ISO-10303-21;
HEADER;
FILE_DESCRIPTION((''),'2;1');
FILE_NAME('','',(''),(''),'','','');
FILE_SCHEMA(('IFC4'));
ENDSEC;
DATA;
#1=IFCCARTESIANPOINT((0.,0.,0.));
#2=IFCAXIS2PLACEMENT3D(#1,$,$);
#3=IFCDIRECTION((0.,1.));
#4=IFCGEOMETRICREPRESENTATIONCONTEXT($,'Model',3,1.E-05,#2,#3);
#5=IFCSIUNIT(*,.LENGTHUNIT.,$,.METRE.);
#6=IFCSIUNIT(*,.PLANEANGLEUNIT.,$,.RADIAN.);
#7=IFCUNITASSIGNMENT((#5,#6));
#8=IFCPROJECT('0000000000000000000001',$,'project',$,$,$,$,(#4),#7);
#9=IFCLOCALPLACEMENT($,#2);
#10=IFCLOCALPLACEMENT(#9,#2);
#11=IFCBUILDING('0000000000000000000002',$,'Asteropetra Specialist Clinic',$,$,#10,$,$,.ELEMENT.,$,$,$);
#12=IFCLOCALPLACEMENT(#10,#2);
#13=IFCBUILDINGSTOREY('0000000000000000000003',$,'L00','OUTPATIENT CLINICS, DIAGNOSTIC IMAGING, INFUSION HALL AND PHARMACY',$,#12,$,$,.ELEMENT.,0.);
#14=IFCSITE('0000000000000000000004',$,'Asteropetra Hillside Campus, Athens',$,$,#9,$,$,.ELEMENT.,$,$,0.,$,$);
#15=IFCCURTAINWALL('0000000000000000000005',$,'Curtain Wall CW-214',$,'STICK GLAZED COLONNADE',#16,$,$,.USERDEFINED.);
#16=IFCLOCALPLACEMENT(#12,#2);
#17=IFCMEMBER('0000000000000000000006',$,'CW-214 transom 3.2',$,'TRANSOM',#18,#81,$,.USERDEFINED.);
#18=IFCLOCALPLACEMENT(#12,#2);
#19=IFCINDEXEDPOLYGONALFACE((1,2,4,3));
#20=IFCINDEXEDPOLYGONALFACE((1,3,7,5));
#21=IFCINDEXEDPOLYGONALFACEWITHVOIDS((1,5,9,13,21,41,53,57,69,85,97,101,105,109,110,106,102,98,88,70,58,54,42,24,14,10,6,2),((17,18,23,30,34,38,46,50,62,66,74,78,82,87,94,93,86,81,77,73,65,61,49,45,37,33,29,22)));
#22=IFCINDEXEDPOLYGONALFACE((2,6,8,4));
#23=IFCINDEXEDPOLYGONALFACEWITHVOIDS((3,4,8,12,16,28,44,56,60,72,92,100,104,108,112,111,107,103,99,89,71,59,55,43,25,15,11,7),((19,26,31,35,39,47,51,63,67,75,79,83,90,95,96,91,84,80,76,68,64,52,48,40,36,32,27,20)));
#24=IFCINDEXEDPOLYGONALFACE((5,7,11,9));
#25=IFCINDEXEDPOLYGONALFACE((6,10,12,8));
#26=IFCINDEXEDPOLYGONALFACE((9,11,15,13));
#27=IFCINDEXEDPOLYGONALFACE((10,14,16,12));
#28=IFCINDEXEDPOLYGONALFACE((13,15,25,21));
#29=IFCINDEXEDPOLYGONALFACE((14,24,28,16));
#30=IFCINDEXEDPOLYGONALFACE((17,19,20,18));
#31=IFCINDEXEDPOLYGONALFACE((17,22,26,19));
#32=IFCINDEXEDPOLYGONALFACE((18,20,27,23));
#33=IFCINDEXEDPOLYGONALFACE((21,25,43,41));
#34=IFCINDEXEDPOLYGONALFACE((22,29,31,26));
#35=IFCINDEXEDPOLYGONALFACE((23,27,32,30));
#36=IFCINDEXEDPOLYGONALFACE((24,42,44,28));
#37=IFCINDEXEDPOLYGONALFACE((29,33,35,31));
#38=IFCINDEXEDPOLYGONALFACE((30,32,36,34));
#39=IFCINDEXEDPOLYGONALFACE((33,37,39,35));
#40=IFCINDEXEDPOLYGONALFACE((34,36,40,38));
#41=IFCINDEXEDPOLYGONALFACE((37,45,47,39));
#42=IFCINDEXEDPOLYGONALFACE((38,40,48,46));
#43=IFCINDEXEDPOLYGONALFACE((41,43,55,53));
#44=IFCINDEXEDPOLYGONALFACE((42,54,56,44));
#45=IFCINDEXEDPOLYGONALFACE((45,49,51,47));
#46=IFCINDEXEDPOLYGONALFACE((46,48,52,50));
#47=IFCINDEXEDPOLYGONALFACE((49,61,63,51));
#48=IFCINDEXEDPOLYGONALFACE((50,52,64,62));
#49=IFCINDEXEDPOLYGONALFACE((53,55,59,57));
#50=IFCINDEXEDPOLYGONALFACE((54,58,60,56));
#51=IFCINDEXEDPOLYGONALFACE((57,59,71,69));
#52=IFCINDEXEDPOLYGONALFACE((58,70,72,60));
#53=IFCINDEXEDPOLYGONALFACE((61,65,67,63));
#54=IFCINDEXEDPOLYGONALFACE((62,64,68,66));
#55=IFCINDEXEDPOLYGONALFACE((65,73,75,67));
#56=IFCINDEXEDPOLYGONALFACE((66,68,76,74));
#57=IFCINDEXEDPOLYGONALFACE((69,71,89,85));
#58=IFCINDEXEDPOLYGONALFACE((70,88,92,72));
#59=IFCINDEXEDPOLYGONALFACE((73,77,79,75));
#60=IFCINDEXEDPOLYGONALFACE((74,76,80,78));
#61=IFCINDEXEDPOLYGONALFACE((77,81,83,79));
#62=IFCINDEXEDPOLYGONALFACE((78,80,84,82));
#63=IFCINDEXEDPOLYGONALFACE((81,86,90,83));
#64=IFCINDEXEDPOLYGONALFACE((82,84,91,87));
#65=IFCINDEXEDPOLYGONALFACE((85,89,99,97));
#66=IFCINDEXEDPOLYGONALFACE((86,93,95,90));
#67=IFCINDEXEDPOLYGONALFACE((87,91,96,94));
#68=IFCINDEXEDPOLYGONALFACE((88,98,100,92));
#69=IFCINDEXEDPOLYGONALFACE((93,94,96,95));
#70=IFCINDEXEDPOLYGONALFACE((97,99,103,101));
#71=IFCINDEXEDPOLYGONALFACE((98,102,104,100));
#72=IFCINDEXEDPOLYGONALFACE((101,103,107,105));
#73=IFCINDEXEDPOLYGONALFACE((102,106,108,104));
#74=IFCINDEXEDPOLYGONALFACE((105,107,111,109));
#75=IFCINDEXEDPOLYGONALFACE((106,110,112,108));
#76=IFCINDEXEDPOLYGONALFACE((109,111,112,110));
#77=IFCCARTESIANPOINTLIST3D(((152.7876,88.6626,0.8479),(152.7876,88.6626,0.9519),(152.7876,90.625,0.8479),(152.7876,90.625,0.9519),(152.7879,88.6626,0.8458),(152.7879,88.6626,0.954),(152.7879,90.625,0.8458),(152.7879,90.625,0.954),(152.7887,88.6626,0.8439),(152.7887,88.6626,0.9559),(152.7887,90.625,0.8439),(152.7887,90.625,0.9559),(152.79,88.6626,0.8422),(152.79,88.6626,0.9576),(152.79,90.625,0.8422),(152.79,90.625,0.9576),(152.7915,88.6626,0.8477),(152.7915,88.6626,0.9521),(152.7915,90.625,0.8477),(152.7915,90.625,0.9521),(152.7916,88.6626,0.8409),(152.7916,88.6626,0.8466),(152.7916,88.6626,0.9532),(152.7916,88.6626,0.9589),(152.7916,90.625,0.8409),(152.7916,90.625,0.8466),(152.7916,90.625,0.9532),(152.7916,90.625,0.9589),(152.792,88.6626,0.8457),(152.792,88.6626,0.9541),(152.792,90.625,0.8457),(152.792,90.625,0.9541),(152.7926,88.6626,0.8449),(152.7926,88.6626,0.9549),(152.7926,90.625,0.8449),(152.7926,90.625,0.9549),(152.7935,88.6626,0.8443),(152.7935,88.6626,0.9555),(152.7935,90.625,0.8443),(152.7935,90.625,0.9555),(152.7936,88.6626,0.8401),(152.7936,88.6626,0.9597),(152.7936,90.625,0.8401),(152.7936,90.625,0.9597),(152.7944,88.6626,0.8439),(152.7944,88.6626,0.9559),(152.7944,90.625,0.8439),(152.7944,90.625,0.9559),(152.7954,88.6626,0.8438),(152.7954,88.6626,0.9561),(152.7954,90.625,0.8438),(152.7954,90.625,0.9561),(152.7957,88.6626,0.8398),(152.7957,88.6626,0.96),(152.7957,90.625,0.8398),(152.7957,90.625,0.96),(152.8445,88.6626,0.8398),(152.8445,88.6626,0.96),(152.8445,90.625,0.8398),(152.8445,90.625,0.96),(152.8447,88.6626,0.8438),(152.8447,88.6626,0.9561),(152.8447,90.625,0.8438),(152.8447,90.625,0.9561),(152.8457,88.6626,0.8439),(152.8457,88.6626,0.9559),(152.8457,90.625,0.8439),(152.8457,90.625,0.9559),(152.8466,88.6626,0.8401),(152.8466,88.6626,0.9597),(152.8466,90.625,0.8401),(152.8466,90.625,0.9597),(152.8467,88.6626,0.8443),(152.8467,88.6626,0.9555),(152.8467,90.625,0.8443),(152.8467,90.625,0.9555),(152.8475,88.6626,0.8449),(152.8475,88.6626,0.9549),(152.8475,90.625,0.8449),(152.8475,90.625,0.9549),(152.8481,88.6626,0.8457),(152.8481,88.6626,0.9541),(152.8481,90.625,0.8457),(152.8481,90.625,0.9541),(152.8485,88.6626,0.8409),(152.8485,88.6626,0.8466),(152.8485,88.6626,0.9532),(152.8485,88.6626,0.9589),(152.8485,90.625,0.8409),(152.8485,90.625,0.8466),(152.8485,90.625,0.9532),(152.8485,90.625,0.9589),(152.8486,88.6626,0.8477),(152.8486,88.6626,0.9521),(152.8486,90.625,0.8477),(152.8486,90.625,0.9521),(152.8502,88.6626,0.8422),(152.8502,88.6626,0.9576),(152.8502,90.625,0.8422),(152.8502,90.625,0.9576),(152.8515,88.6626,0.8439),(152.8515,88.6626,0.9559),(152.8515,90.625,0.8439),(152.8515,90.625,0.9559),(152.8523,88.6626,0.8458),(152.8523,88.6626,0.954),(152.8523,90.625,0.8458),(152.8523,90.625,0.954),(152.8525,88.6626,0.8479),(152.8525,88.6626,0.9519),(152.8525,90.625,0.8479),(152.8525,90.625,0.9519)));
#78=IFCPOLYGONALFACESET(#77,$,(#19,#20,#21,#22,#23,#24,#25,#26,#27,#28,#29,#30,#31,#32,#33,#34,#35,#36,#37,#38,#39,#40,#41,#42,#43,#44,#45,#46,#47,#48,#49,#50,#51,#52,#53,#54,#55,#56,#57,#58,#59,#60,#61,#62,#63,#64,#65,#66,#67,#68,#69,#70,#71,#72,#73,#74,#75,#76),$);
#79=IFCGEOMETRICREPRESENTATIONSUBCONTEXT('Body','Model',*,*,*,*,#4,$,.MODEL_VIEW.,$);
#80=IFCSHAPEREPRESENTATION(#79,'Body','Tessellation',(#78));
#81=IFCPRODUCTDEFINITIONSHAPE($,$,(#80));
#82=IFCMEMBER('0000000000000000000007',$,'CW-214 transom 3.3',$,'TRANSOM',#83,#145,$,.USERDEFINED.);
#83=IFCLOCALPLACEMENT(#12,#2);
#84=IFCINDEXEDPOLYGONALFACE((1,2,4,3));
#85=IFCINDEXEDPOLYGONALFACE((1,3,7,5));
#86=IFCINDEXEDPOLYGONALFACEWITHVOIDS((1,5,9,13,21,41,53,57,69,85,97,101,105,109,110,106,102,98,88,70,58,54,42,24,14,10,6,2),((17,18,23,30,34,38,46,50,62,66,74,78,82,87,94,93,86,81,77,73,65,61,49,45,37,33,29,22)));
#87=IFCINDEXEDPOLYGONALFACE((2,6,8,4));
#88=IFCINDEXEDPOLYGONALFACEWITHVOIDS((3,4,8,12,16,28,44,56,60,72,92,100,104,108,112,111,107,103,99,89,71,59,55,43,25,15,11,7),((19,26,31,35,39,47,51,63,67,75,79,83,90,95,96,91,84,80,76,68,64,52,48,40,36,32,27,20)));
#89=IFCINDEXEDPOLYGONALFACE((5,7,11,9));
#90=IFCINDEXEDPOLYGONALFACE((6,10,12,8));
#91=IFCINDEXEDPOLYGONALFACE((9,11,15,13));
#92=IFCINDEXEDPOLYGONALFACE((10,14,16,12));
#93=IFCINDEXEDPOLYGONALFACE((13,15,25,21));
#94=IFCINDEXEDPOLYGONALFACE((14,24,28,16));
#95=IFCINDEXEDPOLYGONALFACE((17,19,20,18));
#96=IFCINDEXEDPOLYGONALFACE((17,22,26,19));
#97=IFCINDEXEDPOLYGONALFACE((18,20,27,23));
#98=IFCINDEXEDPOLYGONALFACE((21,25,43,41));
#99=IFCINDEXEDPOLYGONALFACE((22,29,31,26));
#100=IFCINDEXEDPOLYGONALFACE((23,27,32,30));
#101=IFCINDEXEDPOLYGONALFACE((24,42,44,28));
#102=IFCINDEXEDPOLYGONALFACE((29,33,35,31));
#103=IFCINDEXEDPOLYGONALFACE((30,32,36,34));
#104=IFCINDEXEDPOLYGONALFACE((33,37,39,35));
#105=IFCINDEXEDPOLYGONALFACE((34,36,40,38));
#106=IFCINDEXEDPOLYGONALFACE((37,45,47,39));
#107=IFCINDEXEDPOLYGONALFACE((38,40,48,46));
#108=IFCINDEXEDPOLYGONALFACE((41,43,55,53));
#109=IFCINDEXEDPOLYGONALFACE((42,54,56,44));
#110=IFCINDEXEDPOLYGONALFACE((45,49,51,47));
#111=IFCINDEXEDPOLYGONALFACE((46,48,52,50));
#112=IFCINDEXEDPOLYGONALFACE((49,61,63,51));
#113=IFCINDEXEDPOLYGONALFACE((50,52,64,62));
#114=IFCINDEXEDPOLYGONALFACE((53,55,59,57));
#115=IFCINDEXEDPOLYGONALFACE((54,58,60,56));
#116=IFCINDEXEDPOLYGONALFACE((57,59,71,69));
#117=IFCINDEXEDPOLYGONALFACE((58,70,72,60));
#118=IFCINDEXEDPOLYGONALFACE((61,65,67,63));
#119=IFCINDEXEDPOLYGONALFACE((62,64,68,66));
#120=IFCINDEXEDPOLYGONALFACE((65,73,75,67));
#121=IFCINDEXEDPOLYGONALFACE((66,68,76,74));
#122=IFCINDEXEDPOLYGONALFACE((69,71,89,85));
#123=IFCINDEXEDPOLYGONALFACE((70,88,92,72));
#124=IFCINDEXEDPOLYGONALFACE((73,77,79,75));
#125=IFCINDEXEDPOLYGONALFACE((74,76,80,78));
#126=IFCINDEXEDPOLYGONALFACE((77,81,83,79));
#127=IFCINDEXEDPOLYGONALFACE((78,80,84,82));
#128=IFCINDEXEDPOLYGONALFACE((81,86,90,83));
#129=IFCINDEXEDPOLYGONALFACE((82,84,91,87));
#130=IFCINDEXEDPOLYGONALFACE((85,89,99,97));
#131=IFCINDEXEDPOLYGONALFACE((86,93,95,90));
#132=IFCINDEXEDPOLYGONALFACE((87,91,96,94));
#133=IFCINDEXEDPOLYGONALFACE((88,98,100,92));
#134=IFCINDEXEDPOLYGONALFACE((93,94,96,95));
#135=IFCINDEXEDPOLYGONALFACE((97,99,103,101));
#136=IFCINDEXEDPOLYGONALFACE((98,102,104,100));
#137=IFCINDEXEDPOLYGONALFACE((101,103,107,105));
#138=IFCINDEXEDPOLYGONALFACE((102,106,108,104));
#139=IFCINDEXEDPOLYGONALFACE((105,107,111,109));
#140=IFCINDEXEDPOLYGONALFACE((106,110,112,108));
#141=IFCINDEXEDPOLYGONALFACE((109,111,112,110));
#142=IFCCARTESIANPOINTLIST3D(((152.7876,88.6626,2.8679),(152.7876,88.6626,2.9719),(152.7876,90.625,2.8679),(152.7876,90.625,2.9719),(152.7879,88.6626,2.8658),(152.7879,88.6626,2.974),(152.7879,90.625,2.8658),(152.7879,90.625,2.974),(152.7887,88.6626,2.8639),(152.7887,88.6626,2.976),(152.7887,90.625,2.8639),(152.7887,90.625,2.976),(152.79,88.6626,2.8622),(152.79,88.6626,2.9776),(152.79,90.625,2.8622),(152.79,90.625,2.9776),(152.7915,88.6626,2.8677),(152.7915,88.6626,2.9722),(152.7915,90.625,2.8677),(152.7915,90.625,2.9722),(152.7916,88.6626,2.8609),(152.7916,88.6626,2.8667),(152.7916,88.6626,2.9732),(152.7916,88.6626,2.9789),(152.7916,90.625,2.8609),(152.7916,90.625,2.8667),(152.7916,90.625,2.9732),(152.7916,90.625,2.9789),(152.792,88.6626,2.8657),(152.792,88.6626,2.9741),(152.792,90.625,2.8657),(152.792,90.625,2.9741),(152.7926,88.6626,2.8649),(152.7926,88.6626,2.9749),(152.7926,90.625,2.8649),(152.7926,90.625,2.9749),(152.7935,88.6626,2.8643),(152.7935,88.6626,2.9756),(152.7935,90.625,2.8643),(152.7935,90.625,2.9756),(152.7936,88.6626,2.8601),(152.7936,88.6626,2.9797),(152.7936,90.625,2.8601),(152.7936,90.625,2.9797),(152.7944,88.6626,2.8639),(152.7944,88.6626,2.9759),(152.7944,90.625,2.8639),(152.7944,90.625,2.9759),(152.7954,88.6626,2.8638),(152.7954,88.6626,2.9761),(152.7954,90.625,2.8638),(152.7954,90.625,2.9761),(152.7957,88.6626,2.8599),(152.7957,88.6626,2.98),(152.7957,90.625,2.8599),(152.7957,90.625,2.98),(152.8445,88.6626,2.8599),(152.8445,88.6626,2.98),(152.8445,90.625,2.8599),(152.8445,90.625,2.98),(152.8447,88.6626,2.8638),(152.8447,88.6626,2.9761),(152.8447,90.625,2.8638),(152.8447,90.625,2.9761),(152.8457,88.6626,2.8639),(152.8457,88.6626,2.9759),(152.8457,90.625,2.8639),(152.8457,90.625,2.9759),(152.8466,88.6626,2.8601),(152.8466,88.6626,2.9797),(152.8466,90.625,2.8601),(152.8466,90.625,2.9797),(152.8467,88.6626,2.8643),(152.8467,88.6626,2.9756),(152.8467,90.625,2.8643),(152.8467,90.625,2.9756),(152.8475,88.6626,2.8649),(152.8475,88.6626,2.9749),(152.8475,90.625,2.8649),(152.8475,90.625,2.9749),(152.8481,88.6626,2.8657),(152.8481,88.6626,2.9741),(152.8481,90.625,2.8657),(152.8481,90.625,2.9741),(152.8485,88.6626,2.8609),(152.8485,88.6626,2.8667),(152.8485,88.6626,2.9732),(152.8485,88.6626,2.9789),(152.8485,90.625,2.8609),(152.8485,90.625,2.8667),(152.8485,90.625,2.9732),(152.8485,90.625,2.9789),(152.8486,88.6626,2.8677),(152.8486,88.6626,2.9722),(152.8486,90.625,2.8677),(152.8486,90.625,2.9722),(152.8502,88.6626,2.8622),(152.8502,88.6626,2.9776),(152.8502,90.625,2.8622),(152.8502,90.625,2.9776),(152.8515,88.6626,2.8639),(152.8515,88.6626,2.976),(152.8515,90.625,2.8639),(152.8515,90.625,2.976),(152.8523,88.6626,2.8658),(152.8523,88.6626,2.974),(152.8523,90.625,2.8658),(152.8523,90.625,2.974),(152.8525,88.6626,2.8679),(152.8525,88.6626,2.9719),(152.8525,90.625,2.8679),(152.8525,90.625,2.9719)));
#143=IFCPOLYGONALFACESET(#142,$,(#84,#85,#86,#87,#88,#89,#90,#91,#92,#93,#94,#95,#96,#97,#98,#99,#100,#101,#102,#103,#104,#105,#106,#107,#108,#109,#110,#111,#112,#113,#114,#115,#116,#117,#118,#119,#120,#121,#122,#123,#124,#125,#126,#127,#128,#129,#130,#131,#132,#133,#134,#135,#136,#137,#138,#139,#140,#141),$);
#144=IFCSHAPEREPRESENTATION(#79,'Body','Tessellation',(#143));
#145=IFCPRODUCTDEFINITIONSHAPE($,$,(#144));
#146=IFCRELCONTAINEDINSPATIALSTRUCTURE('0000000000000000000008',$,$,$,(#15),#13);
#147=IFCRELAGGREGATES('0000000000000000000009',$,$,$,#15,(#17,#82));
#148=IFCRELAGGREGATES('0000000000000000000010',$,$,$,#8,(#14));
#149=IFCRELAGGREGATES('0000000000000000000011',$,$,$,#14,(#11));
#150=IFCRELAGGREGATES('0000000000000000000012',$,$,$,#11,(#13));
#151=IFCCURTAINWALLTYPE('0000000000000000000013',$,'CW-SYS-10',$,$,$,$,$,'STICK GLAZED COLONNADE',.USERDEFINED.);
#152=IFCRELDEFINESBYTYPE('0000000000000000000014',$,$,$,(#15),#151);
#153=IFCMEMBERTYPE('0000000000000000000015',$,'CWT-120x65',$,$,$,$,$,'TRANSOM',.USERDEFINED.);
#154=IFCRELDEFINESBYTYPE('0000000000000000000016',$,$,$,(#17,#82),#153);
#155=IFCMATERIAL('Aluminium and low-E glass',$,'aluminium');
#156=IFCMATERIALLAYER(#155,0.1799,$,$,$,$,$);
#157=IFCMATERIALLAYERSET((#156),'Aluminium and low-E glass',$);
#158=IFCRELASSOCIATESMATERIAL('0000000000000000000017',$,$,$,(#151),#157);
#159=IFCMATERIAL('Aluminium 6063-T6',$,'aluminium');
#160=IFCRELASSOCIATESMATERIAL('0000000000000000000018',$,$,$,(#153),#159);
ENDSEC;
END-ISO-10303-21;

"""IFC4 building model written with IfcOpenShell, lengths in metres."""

from ifc_helpers import new_model, si_unit, direction, frame, origin, origin_2d, place, context, subcontext, project, spatial, hollow_rectangle, extrude, material, layer, layer_set, material_profile, profile_set, type_object, element, aggregate, save


model = new_model("IFC4")

# Units and contexts
model_context = context("Model", 3, precision=1e-05, world=origin(), true_north=direction((0.0, 1.0)))
body_context = subcontext(model_context, "Body", "Model", "MODEL_VIEW")
ifc_project = project(units=[si_unit("LENGTHUNIT", "METRE"), si_unit("PLANEANGLEUNIT", "RADIAN")], contexts=[model_context])

# Site, building, storey
site_placement = place(None, origin())
site = spatial("IfcSite", under=ifc_project, at=site_placement, Name="Asteropetra Hillside Campus, Athens", CompositionType="ELEMENT", RefElevation=0.0)
building_placement = place(site_placement, origin())
building = spatial("IfcBuilding", under=site, at=building_placement, Name="Asteropetra Specialist Clinic", CompositionType="ELEMENT")
storey_placement = place(building_placement, origin())
storey = spatial("IfcBuildingStorey", under=building, at=storey_placement, Name="L00", Description="OUTPATIENT CLINICS, DIAGNOSTIC IMAGING, INFUSION HALL AND PHARMACY", CompositionType="ELEMENT", Elevation=0.0)

# Curtain wall, members
ifc_material_1 = material(Name="Aluminium and low-E glass", Category="aluminium")
ifc_layer_1 = layer(ifc_material_1, 0.1799)
ifc_layer_set_1 = layer_set([ifc_layer_1], Name="Aluminium and low-E glass")
curtain_wall_type = type_object("IfcCurtainWallType", Name="CW-SYS-10", ElementType="STICK GLAZED COLONNADE", PredefinedType="USERDEFINED", material=ifc_layer_set_1)
curtain_wall_placement = place(storey_placement, origin())
curtain_wall = element("IfcCurtainWall", 1, at=curtain_wall_placement, inside=storey, type_object=curtain_wall_type, Name="Curtain Wall CW-214", ObjectType="STICK GLAZED COLONNADE", PredefinedType="USERDEFINED")
ifc_material_2 = material(Name="Aluminium 6063-T6", Category="aluminium")
ifc_material_profile_1 = material_profile(ifc_material_2, hollow_rectangle(XDim=0.0649, YDim=0.1201, WallThickness=0.0039, InnerFilletRadius=0.0039, OuterFilletRadius=0.0081, at=origin_2d()), Name="TRN 120x65x4.0")
ifc_profile_set_1 = profile_set([ifc_material_profile_1], Name="Aluminium 6063-T6")
member_type_1 = type_object("IfcMemberType", Name="CWT-120x65", ElementType="TRANSOM", PredefinedType="USERDEFINED", material=ifc_profile_set_1)
member_1_placement = place(storey_placement, frame((152.8201, 88.6626, 0.8999), z_axis=(0.0, 1.0, 0.0), x_axis=(-1.0, 0.0, 0.0)))
member_1 = element("IfcMember", 2, at=member_1_placement, type_object=member_type_1, Name="CW-214 transom 3.2", ObjectType="TRANSOM", PredefinedType="USERDEFINED", context=body_context, shape_type="SweptSolid", body=[
    extrude(hollow_rectangle(XDim=0.0649, YDim=0.1201, WallThickness=0.0039, InnerFilletRadius=0.0039, OuterFilletRadius=0.0081, at=origin_2d()), origin(), (0.0, 0.0, 1.0), 1.9624),
])
member_2_placement = place(storey_placement, frame((152.8201, 88.6626, 2.9199), z_axis=(0.0, 1.0, 0.0), x_axis=(-1.0, 0.0, 0.0)))
member_2 = element("IfcMember", 3, at=member_2_placement, type_object=member_type_1, Name="CW-214 transom 3.3", ObjectType="TRANSOM", PredefinedType="USERDEFINED", context=body_context, shape_type="SweptSolid", body=[
    extrude(hollow_rectangle(XDim=0.0649, YDim=0.1201, WallThickness=0.0039, InnerFilletRadius=0.0039, OuterFilletRadius=0.0081, at=origin_2d()), origin(), (0.0, 0.0, 1.0), 1.9624),
])
aggregate(curtain_wall, [member_1, member_2])

save(model, "model.ifc")
